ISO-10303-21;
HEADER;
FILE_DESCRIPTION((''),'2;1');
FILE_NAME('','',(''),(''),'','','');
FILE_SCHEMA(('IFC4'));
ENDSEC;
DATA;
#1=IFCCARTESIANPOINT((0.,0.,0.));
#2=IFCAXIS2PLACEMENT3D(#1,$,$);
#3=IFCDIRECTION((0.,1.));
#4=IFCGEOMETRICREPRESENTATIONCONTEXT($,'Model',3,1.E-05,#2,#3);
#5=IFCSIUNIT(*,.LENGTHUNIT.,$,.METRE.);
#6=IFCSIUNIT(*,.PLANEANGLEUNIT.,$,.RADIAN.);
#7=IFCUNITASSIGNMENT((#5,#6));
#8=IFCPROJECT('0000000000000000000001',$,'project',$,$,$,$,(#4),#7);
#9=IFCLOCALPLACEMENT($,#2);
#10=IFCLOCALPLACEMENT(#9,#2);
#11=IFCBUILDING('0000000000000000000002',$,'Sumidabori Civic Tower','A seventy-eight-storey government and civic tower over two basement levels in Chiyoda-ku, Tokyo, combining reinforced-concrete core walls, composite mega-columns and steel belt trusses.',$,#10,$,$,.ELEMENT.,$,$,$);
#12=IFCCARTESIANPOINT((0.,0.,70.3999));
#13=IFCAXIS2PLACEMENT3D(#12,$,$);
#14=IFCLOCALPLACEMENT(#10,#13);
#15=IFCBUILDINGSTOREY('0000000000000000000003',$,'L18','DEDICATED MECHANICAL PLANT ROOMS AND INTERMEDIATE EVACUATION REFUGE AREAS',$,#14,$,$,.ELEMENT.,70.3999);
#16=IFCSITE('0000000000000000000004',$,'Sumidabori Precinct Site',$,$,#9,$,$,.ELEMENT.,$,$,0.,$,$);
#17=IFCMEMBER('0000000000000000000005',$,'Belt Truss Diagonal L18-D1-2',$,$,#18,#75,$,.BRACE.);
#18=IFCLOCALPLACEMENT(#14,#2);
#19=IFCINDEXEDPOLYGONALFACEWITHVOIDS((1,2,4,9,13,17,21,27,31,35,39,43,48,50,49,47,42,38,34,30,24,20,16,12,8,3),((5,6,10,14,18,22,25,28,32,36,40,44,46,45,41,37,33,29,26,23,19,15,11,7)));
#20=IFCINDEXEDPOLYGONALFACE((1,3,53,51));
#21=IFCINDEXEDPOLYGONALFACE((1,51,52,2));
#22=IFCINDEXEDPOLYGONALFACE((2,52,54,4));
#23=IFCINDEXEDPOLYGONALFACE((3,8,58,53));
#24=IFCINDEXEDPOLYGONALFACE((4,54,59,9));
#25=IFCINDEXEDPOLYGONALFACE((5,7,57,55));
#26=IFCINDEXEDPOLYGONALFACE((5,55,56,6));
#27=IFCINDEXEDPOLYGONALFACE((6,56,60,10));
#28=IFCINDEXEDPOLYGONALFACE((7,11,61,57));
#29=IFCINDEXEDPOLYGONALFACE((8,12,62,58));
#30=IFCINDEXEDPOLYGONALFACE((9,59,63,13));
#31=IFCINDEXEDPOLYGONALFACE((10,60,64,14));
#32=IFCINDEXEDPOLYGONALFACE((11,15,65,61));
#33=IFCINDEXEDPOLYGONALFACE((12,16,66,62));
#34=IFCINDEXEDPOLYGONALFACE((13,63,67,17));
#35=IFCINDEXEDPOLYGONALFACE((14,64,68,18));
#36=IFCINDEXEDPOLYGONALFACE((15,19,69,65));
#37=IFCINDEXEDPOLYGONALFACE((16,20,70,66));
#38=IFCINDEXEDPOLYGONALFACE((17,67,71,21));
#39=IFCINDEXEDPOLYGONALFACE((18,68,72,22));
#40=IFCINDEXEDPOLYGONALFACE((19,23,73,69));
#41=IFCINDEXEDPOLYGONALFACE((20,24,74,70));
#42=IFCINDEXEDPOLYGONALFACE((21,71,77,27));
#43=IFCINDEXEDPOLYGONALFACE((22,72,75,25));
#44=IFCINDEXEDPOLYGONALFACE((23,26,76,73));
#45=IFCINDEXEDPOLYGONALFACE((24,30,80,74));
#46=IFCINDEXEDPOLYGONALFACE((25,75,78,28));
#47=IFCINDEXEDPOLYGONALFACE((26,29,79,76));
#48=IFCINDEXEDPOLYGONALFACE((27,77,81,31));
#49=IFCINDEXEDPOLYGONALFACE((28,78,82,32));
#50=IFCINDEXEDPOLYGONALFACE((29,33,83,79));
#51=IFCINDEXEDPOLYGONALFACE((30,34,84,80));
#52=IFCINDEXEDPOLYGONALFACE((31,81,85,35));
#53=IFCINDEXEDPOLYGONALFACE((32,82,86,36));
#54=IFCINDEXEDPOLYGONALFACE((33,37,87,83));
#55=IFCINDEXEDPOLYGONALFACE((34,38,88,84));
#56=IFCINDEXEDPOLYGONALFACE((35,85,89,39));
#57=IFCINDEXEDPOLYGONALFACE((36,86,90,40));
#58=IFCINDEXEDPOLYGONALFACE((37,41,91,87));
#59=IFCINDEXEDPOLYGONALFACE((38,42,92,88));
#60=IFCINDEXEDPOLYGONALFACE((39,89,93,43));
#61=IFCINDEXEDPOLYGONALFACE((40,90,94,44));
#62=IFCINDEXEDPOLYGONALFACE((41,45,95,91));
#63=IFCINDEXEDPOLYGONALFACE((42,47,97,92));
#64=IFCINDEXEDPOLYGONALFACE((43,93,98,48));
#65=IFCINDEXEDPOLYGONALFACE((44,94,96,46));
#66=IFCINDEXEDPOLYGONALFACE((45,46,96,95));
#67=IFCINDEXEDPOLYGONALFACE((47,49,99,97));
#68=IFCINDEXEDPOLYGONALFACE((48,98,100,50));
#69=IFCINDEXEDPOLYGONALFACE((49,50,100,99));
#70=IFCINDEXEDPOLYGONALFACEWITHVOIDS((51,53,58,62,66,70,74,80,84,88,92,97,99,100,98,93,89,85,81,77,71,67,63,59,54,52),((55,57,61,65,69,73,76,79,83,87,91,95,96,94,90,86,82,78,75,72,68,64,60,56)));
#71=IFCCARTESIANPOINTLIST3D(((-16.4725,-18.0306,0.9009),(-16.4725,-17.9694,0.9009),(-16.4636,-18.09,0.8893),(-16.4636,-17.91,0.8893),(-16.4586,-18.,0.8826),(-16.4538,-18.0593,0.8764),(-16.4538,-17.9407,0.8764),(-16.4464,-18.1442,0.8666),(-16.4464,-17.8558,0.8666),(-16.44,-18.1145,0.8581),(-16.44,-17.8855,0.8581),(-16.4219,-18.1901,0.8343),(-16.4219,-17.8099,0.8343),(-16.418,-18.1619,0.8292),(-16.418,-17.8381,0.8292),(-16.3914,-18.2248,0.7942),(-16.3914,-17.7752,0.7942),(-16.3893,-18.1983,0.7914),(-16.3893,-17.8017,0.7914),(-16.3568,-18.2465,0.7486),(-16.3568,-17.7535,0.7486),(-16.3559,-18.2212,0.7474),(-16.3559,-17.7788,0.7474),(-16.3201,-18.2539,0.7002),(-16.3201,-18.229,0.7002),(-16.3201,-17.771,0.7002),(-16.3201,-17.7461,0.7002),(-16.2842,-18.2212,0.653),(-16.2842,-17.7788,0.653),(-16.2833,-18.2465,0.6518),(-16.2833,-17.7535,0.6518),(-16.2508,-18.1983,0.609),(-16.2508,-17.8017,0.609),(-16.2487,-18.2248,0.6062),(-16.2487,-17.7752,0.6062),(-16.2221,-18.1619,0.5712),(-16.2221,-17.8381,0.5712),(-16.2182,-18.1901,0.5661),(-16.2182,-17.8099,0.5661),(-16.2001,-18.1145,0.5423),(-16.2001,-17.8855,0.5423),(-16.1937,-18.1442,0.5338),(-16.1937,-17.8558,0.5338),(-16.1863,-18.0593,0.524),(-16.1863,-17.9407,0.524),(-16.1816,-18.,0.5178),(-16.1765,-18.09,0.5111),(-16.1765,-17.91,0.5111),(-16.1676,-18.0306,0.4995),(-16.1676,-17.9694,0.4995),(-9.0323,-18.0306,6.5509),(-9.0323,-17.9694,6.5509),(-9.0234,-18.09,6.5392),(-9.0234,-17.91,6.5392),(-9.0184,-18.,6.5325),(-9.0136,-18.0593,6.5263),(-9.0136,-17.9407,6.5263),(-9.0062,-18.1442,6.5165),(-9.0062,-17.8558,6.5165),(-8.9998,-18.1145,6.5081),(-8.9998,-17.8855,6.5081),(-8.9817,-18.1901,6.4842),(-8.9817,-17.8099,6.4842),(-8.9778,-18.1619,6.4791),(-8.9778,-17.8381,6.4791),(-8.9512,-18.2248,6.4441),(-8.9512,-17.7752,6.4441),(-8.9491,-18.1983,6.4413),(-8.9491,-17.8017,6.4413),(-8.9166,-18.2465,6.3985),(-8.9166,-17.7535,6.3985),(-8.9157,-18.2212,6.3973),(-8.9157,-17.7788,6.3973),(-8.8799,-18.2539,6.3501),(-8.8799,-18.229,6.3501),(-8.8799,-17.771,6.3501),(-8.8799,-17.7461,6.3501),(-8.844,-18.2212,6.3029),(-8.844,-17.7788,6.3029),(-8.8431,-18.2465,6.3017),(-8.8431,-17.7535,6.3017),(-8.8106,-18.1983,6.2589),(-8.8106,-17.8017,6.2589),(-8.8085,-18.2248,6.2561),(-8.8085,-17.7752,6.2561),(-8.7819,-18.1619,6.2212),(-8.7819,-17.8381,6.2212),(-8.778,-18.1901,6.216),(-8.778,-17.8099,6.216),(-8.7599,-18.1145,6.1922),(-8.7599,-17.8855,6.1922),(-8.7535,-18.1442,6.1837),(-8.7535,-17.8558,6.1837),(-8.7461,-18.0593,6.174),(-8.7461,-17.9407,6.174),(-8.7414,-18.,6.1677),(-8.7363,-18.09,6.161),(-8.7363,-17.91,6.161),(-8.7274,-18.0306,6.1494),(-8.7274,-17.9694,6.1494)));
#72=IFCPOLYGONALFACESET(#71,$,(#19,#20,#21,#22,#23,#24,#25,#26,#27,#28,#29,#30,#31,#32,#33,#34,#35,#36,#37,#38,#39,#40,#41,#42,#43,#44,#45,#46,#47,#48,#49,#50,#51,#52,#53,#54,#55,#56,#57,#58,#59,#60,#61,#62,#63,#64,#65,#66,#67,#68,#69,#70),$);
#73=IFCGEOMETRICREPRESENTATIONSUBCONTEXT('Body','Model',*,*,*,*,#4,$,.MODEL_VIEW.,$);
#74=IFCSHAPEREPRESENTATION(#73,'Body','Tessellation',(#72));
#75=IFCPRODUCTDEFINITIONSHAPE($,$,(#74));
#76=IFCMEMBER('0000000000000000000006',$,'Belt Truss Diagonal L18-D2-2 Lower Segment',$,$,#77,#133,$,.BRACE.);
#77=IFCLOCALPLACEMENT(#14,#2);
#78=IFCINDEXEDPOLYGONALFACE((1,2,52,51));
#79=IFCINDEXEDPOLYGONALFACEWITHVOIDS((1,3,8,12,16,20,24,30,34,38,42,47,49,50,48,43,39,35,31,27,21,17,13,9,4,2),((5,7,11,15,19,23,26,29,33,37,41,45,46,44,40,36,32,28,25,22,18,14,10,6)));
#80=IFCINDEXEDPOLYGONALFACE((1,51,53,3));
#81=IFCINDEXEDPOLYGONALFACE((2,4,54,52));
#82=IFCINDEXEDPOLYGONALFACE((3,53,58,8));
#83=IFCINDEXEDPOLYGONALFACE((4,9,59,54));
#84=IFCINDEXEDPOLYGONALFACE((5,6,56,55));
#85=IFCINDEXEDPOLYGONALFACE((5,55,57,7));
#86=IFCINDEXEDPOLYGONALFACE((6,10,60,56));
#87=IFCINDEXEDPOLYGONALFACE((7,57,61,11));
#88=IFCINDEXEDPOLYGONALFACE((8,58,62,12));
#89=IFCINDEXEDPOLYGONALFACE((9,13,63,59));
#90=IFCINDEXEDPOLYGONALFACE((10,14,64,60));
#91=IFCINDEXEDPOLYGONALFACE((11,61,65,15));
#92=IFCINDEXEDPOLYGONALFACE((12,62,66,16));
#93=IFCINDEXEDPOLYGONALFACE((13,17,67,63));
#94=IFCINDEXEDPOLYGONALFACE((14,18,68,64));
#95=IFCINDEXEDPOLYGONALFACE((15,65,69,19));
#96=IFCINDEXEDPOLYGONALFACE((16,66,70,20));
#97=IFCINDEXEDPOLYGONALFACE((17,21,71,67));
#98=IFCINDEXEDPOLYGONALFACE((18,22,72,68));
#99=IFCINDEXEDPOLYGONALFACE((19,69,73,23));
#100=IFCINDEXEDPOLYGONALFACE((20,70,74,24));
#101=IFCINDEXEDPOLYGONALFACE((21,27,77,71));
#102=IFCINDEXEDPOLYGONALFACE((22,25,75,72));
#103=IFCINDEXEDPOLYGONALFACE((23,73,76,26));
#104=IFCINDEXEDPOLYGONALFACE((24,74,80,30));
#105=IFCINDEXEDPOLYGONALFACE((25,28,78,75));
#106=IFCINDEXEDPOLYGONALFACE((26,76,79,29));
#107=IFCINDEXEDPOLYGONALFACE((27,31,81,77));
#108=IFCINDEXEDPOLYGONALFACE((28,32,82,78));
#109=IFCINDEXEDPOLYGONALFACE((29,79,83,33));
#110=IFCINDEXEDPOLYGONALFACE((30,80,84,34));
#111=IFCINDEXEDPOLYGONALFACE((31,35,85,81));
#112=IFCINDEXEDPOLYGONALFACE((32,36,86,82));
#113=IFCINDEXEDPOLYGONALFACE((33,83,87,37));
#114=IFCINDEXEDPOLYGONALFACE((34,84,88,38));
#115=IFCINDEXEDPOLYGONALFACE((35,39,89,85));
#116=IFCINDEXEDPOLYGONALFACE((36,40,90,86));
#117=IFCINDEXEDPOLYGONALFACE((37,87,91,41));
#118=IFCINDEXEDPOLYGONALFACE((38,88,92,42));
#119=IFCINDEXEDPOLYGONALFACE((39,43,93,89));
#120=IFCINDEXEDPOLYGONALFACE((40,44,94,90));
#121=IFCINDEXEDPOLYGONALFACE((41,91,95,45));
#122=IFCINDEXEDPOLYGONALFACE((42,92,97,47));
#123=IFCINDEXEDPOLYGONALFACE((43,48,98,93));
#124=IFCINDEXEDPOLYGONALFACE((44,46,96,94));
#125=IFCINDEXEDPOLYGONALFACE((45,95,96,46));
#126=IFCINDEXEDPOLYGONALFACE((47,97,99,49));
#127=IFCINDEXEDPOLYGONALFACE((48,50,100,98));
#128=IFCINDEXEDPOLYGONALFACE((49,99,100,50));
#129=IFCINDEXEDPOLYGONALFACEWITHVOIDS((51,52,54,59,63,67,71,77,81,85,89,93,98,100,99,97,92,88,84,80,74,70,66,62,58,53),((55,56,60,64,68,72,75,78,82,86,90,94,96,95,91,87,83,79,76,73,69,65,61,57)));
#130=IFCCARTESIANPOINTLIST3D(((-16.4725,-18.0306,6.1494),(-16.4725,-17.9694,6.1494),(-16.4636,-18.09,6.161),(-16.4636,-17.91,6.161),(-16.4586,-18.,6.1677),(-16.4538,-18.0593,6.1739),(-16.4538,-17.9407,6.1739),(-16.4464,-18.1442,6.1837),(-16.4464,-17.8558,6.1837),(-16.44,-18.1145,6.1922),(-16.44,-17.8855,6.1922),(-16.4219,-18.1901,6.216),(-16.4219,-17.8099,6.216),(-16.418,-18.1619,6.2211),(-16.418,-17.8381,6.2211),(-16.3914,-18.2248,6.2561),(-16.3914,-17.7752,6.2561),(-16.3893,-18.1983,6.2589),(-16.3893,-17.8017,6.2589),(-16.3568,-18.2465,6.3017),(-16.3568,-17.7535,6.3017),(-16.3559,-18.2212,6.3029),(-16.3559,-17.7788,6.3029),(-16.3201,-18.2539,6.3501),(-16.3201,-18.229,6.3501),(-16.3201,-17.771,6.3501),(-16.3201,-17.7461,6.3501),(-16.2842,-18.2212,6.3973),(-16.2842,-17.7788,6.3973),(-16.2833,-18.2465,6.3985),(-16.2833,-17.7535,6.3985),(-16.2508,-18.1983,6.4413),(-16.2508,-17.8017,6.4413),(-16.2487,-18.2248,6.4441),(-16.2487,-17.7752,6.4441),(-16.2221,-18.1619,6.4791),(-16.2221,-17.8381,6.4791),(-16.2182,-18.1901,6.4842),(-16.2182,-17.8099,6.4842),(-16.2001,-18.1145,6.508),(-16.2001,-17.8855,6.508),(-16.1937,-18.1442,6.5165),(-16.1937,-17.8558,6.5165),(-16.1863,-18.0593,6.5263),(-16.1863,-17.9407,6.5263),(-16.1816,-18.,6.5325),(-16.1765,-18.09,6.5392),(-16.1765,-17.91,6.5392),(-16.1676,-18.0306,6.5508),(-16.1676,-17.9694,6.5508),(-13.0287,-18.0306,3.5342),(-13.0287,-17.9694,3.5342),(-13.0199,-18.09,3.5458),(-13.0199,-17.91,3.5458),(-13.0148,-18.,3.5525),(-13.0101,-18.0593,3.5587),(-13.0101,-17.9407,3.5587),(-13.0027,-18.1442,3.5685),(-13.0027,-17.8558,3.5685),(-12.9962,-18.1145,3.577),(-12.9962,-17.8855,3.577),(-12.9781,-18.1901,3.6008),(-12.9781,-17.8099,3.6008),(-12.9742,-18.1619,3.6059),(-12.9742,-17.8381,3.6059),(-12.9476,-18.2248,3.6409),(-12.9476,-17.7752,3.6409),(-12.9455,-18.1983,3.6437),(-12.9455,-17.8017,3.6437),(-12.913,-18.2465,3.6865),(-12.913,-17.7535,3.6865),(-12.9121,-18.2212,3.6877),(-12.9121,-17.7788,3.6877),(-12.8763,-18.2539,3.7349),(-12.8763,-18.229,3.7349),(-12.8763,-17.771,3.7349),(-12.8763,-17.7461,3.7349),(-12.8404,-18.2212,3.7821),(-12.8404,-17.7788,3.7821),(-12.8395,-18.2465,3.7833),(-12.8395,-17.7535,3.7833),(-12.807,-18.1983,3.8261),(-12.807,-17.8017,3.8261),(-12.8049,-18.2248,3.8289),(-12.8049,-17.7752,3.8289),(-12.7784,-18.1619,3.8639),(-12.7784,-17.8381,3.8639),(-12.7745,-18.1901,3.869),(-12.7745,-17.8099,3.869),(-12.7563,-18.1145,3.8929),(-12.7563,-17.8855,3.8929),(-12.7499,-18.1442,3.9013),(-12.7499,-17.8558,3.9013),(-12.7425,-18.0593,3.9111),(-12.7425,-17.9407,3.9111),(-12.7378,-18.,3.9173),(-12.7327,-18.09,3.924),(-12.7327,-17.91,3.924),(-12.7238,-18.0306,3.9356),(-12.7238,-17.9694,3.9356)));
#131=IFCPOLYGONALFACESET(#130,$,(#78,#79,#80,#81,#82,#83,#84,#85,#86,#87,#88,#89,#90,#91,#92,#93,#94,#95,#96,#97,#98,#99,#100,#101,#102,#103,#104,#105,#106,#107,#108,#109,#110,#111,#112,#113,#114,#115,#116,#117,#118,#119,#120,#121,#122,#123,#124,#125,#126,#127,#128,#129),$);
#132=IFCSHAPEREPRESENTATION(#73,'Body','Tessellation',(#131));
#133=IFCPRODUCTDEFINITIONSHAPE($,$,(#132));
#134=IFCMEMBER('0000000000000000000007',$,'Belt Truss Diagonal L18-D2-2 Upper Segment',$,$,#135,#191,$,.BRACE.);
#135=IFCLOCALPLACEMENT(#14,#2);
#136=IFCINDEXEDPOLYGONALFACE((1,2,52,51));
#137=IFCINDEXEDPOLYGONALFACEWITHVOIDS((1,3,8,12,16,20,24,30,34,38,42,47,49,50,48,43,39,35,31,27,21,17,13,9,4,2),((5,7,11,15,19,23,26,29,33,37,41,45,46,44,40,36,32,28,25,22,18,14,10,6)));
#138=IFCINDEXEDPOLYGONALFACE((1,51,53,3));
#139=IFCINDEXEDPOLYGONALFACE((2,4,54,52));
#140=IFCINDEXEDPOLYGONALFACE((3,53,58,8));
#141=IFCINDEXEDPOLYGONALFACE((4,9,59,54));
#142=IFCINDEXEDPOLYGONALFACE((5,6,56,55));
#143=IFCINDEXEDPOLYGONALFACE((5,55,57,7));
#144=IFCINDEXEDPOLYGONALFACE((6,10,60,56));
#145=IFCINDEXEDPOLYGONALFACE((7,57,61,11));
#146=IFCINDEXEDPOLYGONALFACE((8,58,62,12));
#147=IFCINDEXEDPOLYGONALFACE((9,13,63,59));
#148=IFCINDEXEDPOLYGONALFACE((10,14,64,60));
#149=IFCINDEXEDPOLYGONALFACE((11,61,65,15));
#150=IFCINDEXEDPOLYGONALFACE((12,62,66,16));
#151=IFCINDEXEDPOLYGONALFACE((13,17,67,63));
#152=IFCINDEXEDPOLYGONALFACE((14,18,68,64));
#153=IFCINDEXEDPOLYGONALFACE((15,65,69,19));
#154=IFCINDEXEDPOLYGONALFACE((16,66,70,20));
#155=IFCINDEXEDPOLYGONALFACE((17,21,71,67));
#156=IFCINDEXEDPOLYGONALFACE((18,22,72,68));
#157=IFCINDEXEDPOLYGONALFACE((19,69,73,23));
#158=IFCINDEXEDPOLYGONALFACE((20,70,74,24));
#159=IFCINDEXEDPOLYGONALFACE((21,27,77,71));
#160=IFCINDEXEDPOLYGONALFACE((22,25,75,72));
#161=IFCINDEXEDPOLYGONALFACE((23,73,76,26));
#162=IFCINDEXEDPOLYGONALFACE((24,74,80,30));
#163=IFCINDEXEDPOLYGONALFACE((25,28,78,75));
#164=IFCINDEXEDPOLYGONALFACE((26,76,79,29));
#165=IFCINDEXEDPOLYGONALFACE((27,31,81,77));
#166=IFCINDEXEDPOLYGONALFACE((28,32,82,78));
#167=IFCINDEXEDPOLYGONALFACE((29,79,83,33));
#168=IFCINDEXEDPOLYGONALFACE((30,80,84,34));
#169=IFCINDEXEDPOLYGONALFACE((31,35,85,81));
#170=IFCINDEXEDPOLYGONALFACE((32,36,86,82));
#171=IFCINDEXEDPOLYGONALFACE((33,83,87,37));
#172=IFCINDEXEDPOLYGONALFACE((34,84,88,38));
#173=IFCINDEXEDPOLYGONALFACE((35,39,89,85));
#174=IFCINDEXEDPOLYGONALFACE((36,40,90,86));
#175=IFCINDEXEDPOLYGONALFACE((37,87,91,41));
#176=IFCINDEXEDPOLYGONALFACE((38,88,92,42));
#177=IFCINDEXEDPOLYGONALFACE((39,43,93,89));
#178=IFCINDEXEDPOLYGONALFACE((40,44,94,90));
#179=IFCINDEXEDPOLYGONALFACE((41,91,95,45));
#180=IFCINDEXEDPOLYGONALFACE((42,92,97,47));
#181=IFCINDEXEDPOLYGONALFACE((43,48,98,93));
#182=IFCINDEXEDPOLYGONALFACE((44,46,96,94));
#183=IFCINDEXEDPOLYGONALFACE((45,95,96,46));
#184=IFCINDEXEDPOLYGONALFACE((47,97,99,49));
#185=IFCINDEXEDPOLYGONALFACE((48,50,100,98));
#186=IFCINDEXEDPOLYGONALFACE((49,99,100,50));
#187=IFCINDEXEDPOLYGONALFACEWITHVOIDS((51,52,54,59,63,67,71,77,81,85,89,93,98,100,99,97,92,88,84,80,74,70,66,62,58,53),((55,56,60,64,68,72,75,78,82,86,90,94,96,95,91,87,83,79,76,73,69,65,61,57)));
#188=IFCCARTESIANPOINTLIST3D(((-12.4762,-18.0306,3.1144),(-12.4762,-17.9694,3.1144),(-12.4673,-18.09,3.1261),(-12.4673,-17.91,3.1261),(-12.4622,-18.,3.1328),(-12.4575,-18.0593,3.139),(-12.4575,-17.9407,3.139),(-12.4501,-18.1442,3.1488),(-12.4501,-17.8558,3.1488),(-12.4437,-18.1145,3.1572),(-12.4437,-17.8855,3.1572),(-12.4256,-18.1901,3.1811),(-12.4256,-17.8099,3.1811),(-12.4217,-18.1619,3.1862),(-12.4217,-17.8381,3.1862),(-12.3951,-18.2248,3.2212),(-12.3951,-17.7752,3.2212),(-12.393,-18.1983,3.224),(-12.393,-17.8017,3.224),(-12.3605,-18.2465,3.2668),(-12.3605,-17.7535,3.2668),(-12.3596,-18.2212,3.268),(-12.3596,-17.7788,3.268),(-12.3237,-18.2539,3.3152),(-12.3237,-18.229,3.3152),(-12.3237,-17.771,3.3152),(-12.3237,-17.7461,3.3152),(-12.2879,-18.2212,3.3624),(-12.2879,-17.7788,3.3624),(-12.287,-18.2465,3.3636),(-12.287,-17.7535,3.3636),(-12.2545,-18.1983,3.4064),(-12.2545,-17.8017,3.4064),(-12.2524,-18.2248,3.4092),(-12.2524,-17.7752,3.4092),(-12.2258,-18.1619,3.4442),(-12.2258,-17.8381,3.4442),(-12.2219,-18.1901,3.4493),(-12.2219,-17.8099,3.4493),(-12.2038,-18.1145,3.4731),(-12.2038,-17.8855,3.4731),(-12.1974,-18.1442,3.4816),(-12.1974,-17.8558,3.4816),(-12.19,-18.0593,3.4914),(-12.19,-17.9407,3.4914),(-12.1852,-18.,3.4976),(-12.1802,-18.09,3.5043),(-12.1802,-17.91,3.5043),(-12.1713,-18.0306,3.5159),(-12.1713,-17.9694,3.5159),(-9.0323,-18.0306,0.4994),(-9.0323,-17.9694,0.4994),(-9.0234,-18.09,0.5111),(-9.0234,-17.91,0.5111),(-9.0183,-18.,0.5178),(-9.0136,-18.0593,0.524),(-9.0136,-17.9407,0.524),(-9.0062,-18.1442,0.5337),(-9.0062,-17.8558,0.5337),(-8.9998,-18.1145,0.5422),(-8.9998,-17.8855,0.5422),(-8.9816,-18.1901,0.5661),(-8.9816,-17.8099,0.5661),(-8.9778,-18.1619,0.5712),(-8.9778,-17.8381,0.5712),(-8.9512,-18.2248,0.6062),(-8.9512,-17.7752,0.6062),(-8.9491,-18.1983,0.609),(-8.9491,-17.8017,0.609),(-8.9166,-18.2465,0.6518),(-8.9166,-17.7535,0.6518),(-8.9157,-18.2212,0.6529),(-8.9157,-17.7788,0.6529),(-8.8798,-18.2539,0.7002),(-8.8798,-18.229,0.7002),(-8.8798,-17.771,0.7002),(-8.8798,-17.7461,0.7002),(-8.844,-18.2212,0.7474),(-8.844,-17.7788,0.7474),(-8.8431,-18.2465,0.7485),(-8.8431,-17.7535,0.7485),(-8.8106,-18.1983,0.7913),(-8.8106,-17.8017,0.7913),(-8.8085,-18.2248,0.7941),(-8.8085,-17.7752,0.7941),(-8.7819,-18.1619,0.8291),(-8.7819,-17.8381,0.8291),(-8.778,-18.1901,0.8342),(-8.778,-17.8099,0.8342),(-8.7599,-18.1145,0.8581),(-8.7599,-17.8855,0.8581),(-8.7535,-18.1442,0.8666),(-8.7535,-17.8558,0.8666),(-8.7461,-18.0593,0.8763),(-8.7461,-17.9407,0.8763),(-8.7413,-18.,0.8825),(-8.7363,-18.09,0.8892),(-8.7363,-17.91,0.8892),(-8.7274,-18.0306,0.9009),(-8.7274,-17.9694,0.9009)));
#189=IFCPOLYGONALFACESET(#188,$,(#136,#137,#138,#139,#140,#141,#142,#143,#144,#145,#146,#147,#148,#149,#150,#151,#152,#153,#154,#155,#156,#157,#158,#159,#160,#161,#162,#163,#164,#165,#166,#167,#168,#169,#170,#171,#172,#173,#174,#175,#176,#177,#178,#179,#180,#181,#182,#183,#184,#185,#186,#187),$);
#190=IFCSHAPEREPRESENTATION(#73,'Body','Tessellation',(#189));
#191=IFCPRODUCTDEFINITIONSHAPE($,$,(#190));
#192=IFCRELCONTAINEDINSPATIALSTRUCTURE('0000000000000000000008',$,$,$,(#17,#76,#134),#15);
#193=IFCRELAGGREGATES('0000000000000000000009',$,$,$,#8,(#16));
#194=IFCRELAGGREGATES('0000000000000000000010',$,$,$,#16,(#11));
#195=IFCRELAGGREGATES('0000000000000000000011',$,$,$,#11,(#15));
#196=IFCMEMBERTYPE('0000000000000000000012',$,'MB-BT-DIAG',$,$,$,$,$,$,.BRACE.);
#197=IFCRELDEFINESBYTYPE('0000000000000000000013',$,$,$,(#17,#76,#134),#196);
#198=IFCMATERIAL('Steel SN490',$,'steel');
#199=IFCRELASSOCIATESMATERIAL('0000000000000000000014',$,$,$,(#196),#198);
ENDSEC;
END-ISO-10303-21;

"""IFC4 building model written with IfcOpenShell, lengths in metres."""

from ifc_helpers import new_model, si_unit, direction, frame, origin, origin_2d, place, context, subcontext, project, spatial, hollow_circle, extrude, source, transform, mapped, material, material_profile, profile_set, type_object, element, save


model = new_model("IFC4")

# Units and contexts
model_context = context("Model", 3, precision=1e-05, world=origin(), true_north=direction((0.0, 1.0)))
body_context = subcontext(model_context, "Body", "Model", "MODEL_VIEW")
ifc_project = project(units=[si_unit("LENGTHUNIT", "METRE"), si_unit("PLANEANGLEUNIT", "RADIAN")], contexts=[model_context])

# Site, building, storey
site_placement = place(None, origin())
site = spatial("IfcSite", under=ifc_project, at=site_placement, Name="Sumidabori Precinct Site", CompositionType="ELEMENT", RefElevation=0.0)
building_placement = place(site_placement, origin())
building = spatial("IfcBuilding", under=site, at=building_placement, Name="Sumidabori Civic Tower", Description="A seventy-eight-storey government and civic tower over two basement levels in Chiyoda-ku, Tokyo, combining reinforced-concrete core walls, composite mega-columns and steel belt trusses.", CompositionType="ELEMENT")
storey_placement = place(building_placement, frame((0.0, 0.0, 70.3999)))
storey = spatial("IfcBuildingStorey", under=building, at=storey_placement, Name="L18", Description="DEDICATED MECHANICAL PLANT ROOMS AND INTERMEDIATE EVACUATION REFUGE AREAS", CompositionType="ELEMENT", Elevation=70.3999)

# Shared definitions
ifc_material_1 = material(Name="Steel SN490", Category="steel")

# Members
ifc_material_profile_1 = material_profile(ifc_material_1, hollow_circle(Radius=0.2539, WallThickness=0.0249, at=origin_2d()), Name="CHS 508x25")
ifc_profile_set_1 = profile_set([ifc_material_profile_1], Name="Steel SN490")
member_type = type_object("IfcMemberType", Name="MB-BT-DIAG", PredefinedType="BRACE", material=ifc_profile_set_1)
shared_shape_1 = source(origin(), body_context, "Body", "SweptSolid", [
    extrude(hollow_circle(Radius=0.2539, WallThickness=0.0249, at=origin_2d()), origin(), (0.0, 0.0, 1.0), 9.3423),
])
member_1_placement = place(storey_placement, frame((-16.3201, -18.0, 0.7002), z_axis=(0.796401, 0.0, 0.604768), x_axis=(0.0, 1.0, 0.0)))
element("IfcMember", 1, at=member_1_placement, inside=storey, type_object=member_type, Name="Belt Truss Diagonal L18-D1-2", PredefinedType="BRACE", context=body_context, shape_type="MappedRepresentation", body=[
    mapped(shared_shape_1, transform((0.0, 0.0, 0.0), x_axis=(1.0, 0.0, 0.0), y_axis=(0.0, 1.0, 0.0), z_axis=(0.0, 0.0, 1.0), scale=1.0)),
])
shared_shape_2 = source(origin(), body_context, "Body", "SweptSolid", [
    extrude(hollow_circle(Radius=0.2539, WallThickness=0.0249, at=origin_2d()), origin(), (0.0, 0.0, 1.0), 4.3242),
])
for number, where, z_axis, x_axis, name in (
    (2, (-16.3201, -18.0, 6.3501), (0.796395, 0.0, -0.604777), (0.0, 1.0, 0.0), "Belt Truss Diagonal L18-D2-2 Lower Segment"),
    (3, (-12.3237, -18.0, 3.3152), (0.796422, 0.0, -0.604741), (0.0, 1.0, 0.0), "Belt Truss Diagonal L18-D2-2 Upper Segment"),
):
    element("IfcMember", number, at=place(storey_placement, frame(where, z_axis=z_axis, x_axis=x_axis)), inside=storey, type_object=member_type, Name=name, PredefinedType="BRACE", context=body_context, shape_type="MappedRepresentation", body=[
        mapped(shared_shape_2, transform((0.0, 0.0, 0.0), x_axis=(1.0, 0.0, 0.0), y_axis=(0.0, 1.0, 0.0), z_axis=(0.0, 0.0, 1.0), scale=1.0)),
    ])

save(model, "model.ifc")
